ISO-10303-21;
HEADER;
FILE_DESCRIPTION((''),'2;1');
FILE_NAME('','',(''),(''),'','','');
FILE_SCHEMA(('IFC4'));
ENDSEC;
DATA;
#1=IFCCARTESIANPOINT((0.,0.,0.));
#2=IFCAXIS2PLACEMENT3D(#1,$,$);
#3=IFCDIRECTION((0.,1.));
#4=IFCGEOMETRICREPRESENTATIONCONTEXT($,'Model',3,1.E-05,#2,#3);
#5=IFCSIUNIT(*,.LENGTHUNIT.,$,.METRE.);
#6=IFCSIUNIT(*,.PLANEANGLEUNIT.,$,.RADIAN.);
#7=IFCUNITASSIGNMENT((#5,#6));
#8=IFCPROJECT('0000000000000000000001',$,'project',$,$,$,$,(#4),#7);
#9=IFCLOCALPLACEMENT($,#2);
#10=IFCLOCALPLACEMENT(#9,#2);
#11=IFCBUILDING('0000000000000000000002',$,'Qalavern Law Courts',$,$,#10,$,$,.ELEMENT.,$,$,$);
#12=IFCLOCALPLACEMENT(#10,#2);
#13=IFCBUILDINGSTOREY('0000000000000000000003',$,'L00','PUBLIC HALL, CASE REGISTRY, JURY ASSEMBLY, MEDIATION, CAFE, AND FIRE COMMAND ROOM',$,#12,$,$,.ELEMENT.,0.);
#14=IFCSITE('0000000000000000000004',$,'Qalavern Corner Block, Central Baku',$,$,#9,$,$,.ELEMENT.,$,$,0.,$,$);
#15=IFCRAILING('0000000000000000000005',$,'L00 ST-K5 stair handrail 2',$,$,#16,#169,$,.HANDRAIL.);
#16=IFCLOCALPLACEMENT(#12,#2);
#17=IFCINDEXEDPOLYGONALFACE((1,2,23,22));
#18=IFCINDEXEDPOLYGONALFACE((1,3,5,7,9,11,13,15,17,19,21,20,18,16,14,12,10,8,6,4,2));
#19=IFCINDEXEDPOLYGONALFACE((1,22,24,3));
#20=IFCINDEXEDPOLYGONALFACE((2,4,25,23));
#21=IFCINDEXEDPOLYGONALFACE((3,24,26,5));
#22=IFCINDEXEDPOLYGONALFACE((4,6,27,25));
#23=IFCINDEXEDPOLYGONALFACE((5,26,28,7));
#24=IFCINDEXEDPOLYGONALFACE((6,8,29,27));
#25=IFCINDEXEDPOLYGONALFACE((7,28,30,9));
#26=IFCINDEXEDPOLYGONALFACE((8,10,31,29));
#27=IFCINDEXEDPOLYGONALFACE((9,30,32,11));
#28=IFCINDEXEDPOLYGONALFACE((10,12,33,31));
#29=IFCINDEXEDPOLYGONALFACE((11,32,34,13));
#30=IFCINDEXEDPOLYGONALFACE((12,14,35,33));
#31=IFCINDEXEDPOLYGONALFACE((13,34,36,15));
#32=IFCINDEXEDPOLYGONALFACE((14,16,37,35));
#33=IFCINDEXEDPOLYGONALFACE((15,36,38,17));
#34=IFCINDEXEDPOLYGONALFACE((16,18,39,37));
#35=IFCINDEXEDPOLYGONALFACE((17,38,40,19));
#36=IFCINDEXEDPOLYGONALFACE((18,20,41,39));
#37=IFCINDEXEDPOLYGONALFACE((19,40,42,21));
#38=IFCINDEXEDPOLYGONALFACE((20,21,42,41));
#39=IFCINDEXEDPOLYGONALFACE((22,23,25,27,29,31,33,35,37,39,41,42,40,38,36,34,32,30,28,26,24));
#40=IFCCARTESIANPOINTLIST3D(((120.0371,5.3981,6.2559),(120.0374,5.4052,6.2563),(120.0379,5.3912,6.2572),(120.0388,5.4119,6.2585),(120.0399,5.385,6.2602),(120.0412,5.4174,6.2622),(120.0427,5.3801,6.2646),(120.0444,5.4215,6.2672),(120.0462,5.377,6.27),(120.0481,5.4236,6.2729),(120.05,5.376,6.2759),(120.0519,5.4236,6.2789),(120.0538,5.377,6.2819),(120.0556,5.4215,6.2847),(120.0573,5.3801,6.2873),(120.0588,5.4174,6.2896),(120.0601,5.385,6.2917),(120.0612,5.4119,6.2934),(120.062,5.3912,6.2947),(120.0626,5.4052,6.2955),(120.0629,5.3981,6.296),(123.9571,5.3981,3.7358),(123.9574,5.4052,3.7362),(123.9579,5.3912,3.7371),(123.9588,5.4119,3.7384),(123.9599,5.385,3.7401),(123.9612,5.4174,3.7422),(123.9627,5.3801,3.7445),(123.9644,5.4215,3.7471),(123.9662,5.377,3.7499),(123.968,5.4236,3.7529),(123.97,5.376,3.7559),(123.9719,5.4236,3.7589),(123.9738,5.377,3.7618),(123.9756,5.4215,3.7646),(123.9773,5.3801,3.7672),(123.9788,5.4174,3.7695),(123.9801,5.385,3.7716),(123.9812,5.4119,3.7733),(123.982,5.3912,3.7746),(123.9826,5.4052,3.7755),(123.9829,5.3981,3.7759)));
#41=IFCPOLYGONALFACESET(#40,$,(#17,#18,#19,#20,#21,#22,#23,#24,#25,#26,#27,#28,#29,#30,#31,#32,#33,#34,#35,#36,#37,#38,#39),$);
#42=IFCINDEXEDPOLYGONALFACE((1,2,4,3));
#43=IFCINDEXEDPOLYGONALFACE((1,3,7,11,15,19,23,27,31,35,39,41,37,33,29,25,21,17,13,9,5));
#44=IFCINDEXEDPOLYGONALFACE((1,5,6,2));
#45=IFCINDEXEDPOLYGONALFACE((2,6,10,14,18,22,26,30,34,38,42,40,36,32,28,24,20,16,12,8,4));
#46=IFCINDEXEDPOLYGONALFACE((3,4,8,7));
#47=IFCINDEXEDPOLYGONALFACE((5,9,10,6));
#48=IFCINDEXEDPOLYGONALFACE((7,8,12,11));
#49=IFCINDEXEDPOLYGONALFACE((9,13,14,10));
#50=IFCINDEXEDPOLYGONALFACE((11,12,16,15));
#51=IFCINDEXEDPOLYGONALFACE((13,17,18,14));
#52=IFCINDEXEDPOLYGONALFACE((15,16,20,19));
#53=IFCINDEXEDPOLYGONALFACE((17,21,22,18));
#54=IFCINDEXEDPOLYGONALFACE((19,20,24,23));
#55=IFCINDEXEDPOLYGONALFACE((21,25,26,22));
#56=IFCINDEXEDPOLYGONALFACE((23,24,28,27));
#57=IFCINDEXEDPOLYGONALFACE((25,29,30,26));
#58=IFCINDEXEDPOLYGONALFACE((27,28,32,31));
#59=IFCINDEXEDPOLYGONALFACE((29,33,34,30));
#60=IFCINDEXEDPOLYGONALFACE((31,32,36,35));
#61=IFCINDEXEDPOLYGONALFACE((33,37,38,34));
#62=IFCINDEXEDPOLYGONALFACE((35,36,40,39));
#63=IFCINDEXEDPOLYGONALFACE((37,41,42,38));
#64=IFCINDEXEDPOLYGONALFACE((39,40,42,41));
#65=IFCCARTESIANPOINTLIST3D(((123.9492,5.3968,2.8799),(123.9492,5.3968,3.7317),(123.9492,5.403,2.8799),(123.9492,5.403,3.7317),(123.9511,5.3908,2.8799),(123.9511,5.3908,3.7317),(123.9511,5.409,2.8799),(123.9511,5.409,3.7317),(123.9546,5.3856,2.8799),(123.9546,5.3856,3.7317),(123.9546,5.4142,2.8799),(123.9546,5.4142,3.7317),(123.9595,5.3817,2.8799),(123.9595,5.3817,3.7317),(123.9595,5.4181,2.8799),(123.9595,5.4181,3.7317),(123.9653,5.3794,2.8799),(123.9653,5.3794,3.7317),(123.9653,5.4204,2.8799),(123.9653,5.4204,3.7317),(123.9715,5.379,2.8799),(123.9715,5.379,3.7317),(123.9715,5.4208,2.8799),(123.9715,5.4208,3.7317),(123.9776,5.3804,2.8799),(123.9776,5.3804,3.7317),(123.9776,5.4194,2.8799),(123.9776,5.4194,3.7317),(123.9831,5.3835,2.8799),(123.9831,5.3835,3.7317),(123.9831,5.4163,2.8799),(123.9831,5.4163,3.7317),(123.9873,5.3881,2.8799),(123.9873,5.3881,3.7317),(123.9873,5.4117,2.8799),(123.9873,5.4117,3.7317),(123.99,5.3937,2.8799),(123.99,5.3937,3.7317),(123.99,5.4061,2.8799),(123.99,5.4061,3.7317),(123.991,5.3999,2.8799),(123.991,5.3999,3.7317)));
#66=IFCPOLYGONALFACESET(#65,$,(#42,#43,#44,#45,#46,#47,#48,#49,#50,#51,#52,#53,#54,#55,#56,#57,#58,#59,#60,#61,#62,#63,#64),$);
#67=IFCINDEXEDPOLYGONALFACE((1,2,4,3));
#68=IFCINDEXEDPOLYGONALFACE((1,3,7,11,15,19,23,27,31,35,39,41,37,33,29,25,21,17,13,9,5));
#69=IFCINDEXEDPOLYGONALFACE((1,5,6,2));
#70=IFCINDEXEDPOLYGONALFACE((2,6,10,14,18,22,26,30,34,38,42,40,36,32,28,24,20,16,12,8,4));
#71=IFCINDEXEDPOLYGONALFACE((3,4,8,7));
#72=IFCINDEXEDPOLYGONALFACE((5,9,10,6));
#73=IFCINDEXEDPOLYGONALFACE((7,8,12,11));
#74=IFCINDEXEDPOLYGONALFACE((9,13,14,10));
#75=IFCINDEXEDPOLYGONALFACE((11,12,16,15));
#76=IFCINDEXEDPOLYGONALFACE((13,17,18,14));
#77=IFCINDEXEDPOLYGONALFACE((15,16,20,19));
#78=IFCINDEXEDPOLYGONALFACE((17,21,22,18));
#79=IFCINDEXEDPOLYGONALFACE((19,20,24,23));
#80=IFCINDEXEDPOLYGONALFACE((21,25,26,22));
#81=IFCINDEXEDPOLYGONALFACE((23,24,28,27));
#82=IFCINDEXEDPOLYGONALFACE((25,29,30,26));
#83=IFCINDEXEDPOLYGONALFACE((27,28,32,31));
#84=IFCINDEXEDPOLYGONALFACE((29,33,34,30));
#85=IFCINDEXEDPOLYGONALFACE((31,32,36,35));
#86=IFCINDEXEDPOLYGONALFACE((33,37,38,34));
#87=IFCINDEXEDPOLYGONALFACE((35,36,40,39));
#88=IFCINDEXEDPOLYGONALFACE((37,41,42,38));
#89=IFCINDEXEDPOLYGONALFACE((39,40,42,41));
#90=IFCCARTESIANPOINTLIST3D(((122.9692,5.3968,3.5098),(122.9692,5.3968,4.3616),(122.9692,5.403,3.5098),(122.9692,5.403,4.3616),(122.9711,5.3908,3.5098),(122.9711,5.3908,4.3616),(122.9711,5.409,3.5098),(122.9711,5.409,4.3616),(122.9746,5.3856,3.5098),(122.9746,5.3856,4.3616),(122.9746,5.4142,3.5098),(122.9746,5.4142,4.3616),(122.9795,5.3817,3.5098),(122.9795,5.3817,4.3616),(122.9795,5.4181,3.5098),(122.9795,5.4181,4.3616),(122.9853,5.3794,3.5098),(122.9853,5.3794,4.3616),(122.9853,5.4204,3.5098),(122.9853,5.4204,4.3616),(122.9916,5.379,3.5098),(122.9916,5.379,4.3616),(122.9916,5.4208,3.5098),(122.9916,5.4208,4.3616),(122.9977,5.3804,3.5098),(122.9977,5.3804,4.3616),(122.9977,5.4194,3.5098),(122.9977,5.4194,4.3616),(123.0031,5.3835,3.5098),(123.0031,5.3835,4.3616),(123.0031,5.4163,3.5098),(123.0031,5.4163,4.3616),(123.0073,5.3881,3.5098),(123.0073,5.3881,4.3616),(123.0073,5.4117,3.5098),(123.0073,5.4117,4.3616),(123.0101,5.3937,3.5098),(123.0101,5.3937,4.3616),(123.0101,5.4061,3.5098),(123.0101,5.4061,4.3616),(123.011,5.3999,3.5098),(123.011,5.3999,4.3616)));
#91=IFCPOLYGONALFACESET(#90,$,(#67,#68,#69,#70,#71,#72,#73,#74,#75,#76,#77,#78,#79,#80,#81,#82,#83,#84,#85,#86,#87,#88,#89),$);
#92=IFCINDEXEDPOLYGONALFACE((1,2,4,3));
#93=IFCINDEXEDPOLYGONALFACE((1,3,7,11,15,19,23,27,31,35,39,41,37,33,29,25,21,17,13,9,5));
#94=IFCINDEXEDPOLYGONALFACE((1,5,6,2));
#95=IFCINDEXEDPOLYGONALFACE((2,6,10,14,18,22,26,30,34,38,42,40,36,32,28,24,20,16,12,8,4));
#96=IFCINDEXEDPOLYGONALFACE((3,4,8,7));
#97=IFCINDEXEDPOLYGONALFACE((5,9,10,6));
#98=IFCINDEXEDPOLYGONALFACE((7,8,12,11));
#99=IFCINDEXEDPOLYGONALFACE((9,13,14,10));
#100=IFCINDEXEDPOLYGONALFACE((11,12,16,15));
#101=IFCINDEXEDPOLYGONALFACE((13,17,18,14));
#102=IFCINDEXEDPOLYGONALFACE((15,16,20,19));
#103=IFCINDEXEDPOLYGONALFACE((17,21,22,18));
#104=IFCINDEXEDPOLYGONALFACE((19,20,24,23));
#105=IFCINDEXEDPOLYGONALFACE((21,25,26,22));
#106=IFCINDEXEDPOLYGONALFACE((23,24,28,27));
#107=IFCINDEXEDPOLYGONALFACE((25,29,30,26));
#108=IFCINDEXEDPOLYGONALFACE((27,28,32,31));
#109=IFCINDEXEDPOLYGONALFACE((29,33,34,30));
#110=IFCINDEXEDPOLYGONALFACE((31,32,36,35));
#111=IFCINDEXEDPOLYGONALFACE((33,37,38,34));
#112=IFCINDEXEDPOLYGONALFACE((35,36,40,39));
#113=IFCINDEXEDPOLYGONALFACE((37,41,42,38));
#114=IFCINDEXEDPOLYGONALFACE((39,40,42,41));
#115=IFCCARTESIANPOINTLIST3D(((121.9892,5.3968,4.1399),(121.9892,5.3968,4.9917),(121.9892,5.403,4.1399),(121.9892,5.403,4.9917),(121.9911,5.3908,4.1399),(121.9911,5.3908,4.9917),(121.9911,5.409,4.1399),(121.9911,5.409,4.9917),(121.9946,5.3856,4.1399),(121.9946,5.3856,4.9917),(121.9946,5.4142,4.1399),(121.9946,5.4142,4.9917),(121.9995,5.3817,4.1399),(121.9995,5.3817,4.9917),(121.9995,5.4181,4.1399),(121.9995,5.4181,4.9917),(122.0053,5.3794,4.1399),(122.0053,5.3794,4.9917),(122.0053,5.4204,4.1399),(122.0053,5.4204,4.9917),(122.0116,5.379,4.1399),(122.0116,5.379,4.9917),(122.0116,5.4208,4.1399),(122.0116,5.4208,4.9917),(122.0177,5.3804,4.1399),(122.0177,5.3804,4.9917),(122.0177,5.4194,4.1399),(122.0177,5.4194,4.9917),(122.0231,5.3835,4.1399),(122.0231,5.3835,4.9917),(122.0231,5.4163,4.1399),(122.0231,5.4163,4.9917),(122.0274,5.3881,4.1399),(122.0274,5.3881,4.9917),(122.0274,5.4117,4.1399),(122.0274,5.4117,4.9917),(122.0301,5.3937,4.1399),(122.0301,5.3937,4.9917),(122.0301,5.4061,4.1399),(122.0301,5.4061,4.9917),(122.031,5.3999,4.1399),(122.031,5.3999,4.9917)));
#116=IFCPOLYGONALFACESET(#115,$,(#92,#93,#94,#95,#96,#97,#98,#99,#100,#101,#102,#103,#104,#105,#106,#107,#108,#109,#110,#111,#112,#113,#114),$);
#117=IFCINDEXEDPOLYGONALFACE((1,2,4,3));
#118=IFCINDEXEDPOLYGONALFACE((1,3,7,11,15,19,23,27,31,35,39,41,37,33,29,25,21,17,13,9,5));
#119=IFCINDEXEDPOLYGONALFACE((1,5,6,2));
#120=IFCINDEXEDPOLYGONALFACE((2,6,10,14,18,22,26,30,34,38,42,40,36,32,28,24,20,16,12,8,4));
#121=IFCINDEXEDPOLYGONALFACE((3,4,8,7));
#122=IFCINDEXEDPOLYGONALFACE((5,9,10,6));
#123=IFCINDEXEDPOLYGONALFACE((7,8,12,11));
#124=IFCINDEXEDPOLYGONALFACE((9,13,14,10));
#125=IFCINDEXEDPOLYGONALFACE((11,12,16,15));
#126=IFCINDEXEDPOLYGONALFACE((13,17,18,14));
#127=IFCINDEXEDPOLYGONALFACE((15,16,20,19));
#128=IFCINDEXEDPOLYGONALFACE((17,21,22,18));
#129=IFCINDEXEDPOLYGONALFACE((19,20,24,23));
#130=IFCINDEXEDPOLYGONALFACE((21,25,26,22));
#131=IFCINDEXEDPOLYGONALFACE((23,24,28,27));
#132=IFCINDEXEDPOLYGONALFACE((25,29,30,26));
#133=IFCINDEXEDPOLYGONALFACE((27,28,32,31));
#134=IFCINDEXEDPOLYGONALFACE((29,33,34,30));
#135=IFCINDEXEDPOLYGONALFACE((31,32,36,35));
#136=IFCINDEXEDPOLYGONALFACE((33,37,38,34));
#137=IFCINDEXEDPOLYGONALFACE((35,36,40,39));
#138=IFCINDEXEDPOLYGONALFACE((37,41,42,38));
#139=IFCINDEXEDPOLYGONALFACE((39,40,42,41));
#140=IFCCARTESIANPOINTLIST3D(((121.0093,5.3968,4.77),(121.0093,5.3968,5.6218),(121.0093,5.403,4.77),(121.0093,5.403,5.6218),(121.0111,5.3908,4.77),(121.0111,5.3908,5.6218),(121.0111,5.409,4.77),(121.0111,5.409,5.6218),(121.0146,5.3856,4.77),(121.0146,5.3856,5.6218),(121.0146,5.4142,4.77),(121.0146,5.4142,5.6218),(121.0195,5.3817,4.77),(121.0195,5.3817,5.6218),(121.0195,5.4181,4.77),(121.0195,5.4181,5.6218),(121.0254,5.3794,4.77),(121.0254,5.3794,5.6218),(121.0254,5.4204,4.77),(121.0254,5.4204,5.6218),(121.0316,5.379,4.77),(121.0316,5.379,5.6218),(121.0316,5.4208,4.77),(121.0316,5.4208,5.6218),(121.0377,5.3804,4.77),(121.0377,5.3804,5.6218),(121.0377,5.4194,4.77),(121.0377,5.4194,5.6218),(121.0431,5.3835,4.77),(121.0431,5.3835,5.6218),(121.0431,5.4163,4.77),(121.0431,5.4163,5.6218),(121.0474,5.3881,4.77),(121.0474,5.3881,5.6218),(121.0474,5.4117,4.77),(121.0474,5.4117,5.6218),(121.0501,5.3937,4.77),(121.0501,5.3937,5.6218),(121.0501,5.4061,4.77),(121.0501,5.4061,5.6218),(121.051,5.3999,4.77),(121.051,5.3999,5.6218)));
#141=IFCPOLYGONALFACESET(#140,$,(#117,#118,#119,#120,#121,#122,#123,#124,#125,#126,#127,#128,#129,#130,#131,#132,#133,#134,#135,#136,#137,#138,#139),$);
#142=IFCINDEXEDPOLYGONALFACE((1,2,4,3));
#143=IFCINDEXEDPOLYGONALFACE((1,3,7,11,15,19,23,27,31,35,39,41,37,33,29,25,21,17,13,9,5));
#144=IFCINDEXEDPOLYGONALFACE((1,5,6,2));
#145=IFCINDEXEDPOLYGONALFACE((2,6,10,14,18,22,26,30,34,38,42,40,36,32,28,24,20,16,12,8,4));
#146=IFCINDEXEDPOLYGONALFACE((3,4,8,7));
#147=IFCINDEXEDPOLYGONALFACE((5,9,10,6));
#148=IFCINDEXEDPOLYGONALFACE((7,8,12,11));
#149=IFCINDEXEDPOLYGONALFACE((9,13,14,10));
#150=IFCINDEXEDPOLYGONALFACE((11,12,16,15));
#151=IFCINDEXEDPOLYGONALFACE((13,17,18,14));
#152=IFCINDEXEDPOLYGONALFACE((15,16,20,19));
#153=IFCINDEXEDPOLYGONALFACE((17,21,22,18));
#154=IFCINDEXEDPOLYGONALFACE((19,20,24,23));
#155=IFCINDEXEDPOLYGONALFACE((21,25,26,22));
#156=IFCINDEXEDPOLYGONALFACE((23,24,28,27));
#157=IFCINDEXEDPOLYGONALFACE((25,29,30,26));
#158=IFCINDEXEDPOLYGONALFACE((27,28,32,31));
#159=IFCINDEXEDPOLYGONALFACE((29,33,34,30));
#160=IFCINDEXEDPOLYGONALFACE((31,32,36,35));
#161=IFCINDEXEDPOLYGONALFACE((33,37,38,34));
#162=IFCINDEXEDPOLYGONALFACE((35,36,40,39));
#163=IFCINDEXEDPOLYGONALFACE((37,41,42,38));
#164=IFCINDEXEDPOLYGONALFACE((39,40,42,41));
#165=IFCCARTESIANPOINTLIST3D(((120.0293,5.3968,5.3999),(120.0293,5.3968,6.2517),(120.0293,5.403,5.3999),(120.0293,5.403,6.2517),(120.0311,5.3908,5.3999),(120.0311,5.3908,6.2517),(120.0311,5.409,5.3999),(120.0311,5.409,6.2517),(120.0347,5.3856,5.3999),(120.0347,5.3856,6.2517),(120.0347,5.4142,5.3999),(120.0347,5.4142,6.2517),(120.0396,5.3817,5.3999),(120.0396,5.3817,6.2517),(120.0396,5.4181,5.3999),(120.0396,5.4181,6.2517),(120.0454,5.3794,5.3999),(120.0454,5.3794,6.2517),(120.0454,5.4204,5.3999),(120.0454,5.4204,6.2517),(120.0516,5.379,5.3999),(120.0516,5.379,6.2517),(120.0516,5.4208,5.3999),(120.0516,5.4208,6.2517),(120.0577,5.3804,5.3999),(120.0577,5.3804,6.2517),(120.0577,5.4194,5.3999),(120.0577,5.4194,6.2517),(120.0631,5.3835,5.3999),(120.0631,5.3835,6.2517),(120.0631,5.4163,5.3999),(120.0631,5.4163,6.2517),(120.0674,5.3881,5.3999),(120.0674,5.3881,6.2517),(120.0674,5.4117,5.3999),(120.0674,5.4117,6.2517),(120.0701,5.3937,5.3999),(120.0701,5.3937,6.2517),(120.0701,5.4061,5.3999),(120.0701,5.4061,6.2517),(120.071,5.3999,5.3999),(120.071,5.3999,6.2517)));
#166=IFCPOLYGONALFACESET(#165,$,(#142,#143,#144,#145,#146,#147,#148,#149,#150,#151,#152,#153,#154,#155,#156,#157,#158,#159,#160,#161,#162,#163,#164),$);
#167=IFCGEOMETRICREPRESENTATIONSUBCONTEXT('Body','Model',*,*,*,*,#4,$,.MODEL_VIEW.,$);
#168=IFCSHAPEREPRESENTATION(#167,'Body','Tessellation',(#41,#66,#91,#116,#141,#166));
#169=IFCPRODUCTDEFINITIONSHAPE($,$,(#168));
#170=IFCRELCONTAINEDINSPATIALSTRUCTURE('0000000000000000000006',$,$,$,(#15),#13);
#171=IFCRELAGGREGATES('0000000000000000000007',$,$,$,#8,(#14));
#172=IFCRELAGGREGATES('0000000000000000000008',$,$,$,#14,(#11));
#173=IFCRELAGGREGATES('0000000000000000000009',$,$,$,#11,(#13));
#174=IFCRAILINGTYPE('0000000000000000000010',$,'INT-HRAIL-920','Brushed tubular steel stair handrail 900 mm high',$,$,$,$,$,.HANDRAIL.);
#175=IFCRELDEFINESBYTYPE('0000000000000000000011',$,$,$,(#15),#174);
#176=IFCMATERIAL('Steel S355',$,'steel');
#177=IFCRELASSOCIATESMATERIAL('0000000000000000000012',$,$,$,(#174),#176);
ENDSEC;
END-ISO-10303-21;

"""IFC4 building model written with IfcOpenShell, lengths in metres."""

from ifc_helpers import new_model, si_unit, direction, frame, origin, origin_2d, place, context, subcontext, project, spatial, circle, extrude, material, type_object, element, save


model = new_model("IFC4")

# Units and contexts
model_context = context("Model", 3, precision=1e-05, world=origin(), true_north=direction((0.0, 1.0)))
body_context = subcontext(model_context, "Body", "Model", "MODEL_VIEW")
ifc_project = project(units=[si_unit("LENGTHUNIT", "METRE"), si_unit("PLANEANGLEUNIT", "RADIAN")], contexts=[model_context])

# Site, building, storey
site_placement = place(None, origin())
site = spatial("IfcSite", under=ifc_project, at=site_placement, Name="Qalavern Corner Block, Central Baku", CompositionType="ELEMENT", RefElevation=0.0)
building_placement = place(site_placement, origin())
building = spatial("IfcBuilding", under=site, at=building_placement, Name="Qalavern Law Courts", CompositionType="ELEMENT")
storey_placement = place(building_placement, origin())
storey = spatial("IfcBuildingStorey", under=building, at=storey_placement, Name="L00", Description="PUBLIC HALL, CASE REGISTRY, JURY ASSEMBLY, MEDIATION, CAFE, AND FIRE COMMAND ROOM", CompositionType="ELEMENT", Elevation=0.0)

# Shared definitions
ifc_material_1 = material(Name="Steel S355", Category="steel")

# Railing
railing_type_1 = type_object("IfcRailingType", Name="INT-HRAIL-920", Description="Brushed tubular steel stair handrail 900 mm high", PredefinedType="HANDRAIL", material=ifc_material_1)
railing_1_placement = place(storey_placement, frame((123.97, 5.3999, 2.8799)))
element("IfcRailing", 1, at=railing_1_placement, inside=storey, type_object=railing_type_1, Name="L00 ST-K5 stair handrail 2", PredefinedType="HANDRAIL", context=body_context, shape_type="SweptSolid", body=[
    extrude(circle(Radius=0.0239, at=origin_2d()), frame((0.0, 0.0, 0.876), z_axis=(-0.841172, 0.0, 0.540768), x_axis=(0.0, -1.0, 0.0)), (0.0, 0.0, 1.0), 4.6602),
    extrude(circle(Radius=0.021, at=origin_2d()), origin(), (0.0, 0.0, 1.0), 0.8518),
    extrude(circle(Radius=0.021, at=origin_2d()), frame((-0.98, 0.0, 0.6299)), (0.0, 0.0, 1.0), 0.8518),
    extrude(circle(Radius=0.021, at=origin_2d()), frame((-1.96, 0.0, 1.26)), (0.0, 0.0, 1.0), 0.8518),
    extrude(circle(Radius=0.021, at=origin_2d()), frame((-2.9399, 0.0, 1.8901)), (0.0, 0.0, 1.0), 0.8518),
    extrude(circle(Radius=0.021, at=origin_2d()), frame((-3.9199, 0.0, 2.52)), (0.0, 0.0, 1.0), 0.8518),
])

save(model, "model.ifc")
